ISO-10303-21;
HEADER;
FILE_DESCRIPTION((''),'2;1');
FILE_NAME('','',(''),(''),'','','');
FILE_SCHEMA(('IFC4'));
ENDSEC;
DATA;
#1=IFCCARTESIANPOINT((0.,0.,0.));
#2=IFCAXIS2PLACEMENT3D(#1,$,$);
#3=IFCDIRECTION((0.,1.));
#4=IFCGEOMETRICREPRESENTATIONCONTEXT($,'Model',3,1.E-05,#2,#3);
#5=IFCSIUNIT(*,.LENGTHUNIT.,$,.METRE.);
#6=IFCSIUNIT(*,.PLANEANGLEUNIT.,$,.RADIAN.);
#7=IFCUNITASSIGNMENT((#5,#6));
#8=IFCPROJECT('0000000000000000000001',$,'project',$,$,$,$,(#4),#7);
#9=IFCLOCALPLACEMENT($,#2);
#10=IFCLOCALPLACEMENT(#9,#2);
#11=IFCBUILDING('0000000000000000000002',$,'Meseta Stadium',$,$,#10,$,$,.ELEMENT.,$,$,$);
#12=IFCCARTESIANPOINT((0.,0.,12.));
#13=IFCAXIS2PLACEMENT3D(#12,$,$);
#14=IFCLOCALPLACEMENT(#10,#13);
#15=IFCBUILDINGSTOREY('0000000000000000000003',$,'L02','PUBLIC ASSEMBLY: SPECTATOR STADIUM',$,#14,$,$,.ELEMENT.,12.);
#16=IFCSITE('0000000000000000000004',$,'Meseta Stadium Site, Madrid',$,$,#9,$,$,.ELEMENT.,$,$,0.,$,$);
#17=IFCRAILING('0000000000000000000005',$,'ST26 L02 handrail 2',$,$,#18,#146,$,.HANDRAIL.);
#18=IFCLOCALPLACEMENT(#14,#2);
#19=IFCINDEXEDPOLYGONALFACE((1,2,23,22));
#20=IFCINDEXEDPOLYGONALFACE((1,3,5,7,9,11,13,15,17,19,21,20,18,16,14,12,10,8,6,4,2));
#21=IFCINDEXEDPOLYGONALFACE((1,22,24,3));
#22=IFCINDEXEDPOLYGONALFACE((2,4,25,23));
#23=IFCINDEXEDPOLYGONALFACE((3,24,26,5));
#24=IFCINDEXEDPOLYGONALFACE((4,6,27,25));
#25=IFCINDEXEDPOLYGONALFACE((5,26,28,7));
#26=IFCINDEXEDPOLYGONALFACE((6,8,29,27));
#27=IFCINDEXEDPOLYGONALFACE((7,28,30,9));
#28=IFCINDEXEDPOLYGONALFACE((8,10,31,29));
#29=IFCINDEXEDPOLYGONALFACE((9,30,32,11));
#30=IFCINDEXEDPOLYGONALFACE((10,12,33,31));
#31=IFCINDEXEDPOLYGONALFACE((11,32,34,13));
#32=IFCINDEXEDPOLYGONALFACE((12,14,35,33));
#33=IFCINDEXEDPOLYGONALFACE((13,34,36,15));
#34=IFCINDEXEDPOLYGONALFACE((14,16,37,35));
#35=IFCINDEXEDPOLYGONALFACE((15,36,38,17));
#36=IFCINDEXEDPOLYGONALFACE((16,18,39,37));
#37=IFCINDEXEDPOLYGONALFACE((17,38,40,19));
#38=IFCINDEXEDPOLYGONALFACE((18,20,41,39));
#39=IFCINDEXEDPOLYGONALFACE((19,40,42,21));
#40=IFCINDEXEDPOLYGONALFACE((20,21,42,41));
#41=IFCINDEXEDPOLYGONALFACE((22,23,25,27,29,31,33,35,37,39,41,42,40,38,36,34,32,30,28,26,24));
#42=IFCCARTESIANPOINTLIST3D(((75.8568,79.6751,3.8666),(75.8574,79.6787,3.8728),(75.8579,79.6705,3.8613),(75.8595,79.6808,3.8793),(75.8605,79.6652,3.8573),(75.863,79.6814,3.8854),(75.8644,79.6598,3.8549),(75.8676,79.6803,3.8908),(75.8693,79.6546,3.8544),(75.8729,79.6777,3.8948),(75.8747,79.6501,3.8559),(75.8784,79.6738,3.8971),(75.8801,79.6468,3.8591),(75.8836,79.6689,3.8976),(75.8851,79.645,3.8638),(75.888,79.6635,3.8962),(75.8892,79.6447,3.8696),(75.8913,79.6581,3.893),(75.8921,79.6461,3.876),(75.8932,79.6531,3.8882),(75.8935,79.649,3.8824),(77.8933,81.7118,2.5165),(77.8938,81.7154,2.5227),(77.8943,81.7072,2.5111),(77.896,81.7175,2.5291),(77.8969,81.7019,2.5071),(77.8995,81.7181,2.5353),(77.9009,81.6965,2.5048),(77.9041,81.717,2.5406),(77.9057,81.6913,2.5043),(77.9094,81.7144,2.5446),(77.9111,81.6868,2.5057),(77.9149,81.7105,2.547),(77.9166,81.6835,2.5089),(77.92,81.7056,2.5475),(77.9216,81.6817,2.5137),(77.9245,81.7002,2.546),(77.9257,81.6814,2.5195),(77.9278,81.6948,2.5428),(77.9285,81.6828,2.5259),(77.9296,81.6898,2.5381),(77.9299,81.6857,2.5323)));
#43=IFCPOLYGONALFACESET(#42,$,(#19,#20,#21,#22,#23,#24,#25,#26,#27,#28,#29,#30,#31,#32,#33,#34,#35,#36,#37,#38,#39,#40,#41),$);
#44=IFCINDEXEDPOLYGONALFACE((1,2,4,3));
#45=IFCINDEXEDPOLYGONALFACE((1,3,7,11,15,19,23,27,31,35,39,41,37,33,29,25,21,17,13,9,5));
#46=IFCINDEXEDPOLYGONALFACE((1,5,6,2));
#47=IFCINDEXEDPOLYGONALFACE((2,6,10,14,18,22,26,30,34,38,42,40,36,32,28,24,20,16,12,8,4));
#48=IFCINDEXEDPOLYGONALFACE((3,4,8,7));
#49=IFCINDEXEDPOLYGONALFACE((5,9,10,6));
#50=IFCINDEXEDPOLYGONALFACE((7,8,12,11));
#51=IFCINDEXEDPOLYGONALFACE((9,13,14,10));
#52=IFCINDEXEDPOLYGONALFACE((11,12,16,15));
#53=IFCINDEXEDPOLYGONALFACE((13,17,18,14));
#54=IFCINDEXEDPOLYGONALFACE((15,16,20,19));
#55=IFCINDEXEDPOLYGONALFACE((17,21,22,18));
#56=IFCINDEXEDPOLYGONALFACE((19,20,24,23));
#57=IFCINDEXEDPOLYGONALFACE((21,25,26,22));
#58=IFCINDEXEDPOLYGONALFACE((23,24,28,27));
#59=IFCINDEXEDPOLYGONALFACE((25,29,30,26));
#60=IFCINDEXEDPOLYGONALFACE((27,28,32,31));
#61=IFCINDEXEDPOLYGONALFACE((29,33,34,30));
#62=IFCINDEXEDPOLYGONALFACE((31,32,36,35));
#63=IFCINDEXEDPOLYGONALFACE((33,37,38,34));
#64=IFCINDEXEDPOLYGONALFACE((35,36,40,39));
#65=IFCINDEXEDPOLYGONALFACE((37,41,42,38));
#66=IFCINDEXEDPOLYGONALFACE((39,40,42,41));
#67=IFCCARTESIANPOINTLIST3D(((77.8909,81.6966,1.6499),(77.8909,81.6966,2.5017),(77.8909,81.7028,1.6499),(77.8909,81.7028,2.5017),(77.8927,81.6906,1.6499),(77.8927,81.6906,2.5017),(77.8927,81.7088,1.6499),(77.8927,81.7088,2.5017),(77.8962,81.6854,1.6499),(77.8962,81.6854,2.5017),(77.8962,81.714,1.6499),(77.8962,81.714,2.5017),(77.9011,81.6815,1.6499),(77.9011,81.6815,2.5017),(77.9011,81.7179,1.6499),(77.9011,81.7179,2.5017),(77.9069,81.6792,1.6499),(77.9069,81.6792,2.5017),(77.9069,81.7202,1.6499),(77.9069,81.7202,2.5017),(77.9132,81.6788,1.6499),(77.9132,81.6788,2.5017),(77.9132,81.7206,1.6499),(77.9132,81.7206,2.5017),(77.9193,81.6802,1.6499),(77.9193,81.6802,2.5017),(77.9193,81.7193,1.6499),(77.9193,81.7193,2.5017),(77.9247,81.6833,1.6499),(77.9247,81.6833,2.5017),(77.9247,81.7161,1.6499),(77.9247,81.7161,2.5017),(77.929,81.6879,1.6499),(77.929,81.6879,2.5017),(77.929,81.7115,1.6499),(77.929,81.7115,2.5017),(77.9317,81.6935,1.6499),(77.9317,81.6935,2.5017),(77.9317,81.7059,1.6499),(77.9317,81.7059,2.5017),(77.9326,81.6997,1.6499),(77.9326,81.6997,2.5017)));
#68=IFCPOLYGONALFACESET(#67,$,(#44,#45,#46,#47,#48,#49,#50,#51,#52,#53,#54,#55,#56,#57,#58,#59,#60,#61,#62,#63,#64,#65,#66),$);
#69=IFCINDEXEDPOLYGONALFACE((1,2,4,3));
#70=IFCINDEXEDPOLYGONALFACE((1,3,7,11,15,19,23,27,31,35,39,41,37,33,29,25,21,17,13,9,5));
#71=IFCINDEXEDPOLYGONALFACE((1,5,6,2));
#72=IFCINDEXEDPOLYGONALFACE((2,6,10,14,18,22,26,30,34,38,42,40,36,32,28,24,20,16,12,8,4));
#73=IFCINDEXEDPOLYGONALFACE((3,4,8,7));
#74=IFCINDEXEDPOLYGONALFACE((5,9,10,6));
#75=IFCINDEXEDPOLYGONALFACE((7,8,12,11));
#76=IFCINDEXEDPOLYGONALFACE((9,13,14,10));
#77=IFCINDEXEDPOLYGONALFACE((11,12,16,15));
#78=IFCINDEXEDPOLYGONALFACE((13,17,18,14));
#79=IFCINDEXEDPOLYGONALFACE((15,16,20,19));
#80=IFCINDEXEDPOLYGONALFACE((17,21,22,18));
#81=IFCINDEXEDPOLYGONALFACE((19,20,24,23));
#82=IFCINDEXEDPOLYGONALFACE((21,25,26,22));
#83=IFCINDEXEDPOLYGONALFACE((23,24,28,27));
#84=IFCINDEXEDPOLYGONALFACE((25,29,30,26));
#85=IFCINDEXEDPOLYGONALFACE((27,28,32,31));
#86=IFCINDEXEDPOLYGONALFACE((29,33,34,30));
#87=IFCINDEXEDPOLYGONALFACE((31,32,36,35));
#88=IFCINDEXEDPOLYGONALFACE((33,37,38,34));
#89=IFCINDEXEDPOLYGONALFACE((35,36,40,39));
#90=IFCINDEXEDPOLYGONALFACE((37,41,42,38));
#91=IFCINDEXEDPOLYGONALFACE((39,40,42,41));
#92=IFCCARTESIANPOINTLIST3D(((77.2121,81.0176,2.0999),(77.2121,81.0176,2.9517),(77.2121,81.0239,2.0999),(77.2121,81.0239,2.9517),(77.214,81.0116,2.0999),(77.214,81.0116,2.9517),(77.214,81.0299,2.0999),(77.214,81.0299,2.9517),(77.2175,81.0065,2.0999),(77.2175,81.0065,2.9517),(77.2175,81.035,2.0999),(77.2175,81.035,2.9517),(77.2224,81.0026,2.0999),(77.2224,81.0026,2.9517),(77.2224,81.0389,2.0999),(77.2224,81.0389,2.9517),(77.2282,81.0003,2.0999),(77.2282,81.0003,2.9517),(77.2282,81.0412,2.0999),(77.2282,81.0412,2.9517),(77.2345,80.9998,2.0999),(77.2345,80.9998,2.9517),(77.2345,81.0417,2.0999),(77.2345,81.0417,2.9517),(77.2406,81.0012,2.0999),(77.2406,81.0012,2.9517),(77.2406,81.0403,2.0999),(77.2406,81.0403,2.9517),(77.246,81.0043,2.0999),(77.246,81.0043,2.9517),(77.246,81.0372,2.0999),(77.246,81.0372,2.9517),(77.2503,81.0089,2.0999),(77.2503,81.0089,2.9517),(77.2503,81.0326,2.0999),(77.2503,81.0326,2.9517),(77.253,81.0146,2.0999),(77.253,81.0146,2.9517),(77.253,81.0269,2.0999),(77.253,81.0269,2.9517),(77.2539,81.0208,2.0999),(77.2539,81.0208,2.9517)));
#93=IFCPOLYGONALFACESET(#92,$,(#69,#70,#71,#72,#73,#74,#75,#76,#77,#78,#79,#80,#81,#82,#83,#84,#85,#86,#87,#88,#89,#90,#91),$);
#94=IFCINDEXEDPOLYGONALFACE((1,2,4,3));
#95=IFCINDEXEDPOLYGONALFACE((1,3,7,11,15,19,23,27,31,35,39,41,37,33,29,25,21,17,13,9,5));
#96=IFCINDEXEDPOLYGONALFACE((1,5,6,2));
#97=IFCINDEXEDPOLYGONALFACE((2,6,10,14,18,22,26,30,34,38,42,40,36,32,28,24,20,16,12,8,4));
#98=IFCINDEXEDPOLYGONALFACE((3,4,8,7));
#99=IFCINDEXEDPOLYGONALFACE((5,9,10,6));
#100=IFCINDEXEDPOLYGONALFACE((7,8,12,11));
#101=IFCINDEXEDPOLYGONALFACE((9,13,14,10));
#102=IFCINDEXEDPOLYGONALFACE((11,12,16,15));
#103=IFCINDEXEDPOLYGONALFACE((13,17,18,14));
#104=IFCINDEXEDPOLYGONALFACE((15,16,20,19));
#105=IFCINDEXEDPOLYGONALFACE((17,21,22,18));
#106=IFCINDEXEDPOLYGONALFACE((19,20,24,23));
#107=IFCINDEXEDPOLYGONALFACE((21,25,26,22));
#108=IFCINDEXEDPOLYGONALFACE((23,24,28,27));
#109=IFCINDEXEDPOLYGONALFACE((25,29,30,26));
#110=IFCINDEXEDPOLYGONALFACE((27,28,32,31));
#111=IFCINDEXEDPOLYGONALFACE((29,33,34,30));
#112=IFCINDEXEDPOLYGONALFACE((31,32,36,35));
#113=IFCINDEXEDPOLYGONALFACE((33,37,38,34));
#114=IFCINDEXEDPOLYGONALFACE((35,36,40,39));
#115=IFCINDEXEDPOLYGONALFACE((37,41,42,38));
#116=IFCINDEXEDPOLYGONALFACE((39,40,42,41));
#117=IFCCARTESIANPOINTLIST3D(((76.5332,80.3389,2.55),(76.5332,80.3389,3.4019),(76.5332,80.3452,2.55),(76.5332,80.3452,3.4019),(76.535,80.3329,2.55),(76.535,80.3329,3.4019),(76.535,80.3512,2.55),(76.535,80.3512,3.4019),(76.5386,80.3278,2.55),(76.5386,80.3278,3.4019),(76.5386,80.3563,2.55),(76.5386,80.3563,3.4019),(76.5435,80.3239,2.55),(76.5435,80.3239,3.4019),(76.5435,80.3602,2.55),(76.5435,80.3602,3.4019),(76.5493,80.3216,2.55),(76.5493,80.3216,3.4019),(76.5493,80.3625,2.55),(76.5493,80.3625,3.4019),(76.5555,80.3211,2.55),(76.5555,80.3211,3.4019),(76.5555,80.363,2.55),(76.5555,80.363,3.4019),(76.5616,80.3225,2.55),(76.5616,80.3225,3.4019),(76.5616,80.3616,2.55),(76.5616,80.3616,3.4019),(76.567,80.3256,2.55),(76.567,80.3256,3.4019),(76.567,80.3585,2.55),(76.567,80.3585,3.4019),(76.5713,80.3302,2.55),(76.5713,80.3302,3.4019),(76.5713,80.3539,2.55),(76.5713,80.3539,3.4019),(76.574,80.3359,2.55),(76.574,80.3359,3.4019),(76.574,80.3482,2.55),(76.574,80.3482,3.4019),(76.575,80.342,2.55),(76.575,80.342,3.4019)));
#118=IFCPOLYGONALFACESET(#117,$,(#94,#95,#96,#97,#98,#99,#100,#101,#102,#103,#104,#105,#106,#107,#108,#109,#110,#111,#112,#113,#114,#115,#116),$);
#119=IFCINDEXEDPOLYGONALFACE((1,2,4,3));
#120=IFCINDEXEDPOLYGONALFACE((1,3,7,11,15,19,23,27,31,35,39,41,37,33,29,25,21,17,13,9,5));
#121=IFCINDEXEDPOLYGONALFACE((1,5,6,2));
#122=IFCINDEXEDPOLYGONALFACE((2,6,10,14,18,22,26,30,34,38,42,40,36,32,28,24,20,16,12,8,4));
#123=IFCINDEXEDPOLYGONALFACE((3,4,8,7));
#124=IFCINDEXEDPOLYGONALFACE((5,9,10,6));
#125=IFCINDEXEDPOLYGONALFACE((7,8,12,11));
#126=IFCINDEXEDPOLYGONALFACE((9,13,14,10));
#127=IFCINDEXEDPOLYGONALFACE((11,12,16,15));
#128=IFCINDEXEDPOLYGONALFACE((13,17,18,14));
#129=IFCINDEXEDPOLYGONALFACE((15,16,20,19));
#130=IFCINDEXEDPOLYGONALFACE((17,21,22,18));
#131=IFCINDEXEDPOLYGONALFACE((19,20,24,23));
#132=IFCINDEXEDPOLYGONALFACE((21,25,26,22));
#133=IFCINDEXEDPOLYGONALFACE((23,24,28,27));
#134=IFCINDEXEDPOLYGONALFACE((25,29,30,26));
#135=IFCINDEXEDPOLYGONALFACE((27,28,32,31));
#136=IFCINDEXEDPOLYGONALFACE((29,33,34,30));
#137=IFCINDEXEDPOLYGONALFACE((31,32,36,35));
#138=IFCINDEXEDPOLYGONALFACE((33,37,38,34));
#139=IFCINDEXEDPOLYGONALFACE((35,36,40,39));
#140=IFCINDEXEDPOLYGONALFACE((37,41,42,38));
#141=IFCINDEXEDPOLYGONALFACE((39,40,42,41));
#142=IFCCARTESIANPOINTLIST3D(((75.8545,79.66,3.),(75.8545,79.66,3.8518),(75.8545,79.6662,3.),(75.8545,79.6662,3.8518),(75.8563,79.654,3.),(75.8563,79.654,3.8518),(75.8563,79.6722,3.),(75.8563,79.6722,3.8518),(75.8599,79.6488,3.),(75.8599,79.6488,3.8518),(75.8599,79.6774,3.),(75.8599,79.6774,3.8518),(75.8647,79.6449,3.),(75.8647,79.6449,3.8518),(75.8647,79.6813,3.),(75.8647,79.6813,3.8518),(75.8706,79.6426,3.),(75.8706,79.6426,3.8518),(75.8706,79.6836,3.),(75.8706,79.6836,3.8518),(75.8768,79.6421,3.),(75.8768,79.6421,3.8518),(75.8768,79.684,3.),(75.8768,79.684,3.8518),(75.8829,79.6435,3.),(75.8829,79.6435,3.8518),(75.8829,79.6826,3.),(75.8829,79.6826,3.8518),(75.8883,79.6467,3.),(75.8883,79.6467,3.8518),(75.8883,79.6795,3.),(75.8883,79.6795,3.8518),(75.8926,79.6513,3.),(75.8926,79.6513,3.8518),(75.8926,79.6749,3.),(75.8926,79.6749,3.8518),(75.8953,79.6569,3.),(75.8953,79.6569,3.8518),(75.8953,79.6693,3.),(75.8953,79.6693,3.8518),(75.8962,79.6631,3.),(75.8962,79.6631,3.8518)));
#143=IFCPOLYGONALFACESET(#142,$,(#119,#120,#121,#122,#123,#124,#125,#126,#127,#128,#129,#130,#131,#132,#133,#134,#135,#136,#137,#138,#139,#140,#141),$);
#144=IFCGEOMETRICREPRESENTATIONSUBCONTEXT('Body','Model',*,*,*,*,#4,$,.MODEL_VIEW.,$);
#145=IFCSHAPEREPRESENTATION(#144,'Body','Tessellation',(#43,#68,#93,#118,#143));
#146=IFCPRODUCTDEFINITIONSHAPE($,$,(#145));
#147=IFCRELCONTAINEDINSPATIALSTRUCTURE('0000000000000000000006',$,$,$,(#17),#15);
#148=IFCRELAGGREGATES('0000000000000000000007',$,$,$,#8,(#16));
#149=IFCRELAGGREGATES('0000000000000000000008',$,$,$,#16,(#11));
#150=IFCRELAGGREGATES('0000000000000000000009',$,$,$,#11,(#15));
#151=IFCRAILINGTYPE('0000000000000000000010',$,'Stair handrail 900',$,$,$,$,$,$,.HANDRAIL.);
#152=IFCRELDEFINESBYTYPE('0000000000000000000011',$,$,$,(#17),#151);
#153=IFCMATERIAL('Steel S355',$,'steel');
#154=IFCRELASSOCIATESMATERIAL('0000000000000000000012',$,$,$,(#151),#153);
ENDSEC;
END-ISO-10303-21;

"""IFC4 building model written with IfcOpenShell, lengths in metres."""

from ifc_helpers import new_model, si_unit, direction, frame, origin, origin_2d, place, context, subcontext, project, spatial, circle, extrude, material, type_object, element, save


model = new_model("IFC4")

# Units and contexts
model_context = context("Model", 3, precision=1e-05, world=origin(), true_north=direction((0.0, 1.0)))
body_context = subcontext(model_context, "Body", "Model", "MODEL_VIEW")
ifc_project = project(units=[si_unit("LENGTHUNIT", "METRE"), si_unit("PLANEANGLEUNIT", "RADIAN")], contexts=[model_context])

# Site, building, storey
site_placement = place(None, origin())
site = spatial("IfcSite", under=ifc_project, at=site_placement, Name="Meseta Stadium Site, Madrid", CompositionType="ELEMENT", RefElevation=0.0)
building_placement = place(site_placement, origin())
building = spatial("IfcBuilding", under=site, at=building_placement, Name="Meseta Stadium", CompositionType="ELEMENT")
storey_placement = place(building_placement, frame((0.0, 0.0, 12.0)))
storey = spatial("IfcBuildingStorey", under=building, at=storey_placement, Name="L02", Description="PUBLIC ASSEMBLY: SPECTATOR STADIUM", CompositionType="ELEMENT", Elevation=12.0)

# Railing
ifc_material_1 = material(Name="Steel S355", Category="steel")
railing_type_1 = type_object("IfcRailingType", Name="Stair handrail 900", PredefinedType="HANDRAIL", material=ifc_material_1)
for number, where, name in (
    (1, (77.9116, 81.6997, 1.6499), "ST26 L02 handrail 2"),
):
    element("IfcRailing", number, at=place(storey_placement, frame(where)), inside=storey, type_object=railing_type_1, Name=name, PredefinedType="HANDRAIL", context=body_context, shape_type="SweptSolid", body=[
        extrude(circle(Radius=0.0239, at=origin_2d()), frame((0.0, 0.0, 0.876), z_axis=(-0.640211, -0.640288, 0.424454), x_axis=(0.707149, -0.707064, 0.0)), (0.0, 0.0, 1.0), 3.1809),
        extrude(circle(Radius=0.021, at=origin_2d()), origin(), (0.0, 0.0, 1.0), 0.8518),
        extrude(circle(Radius=0.021, at=origin_2d()), frame((-0.6787, -0.679, 0.45)), (0.0, 0.0, 1.0), 0.8518),
        extrude(circle(Radius=0.021, at=origin_2d()), frame((-1.3577, -1.3577, 0.9001)), (0.0, 0.0, 1.0), 0.8518),
        extrude(circle(Radius=0.021, at=origin_2d()), frame((-2.0364, -2.0366, 1.3501)), (0.0, 0.0, 1.0), 0.8518),
    ])

save(model, "model.ifc")
